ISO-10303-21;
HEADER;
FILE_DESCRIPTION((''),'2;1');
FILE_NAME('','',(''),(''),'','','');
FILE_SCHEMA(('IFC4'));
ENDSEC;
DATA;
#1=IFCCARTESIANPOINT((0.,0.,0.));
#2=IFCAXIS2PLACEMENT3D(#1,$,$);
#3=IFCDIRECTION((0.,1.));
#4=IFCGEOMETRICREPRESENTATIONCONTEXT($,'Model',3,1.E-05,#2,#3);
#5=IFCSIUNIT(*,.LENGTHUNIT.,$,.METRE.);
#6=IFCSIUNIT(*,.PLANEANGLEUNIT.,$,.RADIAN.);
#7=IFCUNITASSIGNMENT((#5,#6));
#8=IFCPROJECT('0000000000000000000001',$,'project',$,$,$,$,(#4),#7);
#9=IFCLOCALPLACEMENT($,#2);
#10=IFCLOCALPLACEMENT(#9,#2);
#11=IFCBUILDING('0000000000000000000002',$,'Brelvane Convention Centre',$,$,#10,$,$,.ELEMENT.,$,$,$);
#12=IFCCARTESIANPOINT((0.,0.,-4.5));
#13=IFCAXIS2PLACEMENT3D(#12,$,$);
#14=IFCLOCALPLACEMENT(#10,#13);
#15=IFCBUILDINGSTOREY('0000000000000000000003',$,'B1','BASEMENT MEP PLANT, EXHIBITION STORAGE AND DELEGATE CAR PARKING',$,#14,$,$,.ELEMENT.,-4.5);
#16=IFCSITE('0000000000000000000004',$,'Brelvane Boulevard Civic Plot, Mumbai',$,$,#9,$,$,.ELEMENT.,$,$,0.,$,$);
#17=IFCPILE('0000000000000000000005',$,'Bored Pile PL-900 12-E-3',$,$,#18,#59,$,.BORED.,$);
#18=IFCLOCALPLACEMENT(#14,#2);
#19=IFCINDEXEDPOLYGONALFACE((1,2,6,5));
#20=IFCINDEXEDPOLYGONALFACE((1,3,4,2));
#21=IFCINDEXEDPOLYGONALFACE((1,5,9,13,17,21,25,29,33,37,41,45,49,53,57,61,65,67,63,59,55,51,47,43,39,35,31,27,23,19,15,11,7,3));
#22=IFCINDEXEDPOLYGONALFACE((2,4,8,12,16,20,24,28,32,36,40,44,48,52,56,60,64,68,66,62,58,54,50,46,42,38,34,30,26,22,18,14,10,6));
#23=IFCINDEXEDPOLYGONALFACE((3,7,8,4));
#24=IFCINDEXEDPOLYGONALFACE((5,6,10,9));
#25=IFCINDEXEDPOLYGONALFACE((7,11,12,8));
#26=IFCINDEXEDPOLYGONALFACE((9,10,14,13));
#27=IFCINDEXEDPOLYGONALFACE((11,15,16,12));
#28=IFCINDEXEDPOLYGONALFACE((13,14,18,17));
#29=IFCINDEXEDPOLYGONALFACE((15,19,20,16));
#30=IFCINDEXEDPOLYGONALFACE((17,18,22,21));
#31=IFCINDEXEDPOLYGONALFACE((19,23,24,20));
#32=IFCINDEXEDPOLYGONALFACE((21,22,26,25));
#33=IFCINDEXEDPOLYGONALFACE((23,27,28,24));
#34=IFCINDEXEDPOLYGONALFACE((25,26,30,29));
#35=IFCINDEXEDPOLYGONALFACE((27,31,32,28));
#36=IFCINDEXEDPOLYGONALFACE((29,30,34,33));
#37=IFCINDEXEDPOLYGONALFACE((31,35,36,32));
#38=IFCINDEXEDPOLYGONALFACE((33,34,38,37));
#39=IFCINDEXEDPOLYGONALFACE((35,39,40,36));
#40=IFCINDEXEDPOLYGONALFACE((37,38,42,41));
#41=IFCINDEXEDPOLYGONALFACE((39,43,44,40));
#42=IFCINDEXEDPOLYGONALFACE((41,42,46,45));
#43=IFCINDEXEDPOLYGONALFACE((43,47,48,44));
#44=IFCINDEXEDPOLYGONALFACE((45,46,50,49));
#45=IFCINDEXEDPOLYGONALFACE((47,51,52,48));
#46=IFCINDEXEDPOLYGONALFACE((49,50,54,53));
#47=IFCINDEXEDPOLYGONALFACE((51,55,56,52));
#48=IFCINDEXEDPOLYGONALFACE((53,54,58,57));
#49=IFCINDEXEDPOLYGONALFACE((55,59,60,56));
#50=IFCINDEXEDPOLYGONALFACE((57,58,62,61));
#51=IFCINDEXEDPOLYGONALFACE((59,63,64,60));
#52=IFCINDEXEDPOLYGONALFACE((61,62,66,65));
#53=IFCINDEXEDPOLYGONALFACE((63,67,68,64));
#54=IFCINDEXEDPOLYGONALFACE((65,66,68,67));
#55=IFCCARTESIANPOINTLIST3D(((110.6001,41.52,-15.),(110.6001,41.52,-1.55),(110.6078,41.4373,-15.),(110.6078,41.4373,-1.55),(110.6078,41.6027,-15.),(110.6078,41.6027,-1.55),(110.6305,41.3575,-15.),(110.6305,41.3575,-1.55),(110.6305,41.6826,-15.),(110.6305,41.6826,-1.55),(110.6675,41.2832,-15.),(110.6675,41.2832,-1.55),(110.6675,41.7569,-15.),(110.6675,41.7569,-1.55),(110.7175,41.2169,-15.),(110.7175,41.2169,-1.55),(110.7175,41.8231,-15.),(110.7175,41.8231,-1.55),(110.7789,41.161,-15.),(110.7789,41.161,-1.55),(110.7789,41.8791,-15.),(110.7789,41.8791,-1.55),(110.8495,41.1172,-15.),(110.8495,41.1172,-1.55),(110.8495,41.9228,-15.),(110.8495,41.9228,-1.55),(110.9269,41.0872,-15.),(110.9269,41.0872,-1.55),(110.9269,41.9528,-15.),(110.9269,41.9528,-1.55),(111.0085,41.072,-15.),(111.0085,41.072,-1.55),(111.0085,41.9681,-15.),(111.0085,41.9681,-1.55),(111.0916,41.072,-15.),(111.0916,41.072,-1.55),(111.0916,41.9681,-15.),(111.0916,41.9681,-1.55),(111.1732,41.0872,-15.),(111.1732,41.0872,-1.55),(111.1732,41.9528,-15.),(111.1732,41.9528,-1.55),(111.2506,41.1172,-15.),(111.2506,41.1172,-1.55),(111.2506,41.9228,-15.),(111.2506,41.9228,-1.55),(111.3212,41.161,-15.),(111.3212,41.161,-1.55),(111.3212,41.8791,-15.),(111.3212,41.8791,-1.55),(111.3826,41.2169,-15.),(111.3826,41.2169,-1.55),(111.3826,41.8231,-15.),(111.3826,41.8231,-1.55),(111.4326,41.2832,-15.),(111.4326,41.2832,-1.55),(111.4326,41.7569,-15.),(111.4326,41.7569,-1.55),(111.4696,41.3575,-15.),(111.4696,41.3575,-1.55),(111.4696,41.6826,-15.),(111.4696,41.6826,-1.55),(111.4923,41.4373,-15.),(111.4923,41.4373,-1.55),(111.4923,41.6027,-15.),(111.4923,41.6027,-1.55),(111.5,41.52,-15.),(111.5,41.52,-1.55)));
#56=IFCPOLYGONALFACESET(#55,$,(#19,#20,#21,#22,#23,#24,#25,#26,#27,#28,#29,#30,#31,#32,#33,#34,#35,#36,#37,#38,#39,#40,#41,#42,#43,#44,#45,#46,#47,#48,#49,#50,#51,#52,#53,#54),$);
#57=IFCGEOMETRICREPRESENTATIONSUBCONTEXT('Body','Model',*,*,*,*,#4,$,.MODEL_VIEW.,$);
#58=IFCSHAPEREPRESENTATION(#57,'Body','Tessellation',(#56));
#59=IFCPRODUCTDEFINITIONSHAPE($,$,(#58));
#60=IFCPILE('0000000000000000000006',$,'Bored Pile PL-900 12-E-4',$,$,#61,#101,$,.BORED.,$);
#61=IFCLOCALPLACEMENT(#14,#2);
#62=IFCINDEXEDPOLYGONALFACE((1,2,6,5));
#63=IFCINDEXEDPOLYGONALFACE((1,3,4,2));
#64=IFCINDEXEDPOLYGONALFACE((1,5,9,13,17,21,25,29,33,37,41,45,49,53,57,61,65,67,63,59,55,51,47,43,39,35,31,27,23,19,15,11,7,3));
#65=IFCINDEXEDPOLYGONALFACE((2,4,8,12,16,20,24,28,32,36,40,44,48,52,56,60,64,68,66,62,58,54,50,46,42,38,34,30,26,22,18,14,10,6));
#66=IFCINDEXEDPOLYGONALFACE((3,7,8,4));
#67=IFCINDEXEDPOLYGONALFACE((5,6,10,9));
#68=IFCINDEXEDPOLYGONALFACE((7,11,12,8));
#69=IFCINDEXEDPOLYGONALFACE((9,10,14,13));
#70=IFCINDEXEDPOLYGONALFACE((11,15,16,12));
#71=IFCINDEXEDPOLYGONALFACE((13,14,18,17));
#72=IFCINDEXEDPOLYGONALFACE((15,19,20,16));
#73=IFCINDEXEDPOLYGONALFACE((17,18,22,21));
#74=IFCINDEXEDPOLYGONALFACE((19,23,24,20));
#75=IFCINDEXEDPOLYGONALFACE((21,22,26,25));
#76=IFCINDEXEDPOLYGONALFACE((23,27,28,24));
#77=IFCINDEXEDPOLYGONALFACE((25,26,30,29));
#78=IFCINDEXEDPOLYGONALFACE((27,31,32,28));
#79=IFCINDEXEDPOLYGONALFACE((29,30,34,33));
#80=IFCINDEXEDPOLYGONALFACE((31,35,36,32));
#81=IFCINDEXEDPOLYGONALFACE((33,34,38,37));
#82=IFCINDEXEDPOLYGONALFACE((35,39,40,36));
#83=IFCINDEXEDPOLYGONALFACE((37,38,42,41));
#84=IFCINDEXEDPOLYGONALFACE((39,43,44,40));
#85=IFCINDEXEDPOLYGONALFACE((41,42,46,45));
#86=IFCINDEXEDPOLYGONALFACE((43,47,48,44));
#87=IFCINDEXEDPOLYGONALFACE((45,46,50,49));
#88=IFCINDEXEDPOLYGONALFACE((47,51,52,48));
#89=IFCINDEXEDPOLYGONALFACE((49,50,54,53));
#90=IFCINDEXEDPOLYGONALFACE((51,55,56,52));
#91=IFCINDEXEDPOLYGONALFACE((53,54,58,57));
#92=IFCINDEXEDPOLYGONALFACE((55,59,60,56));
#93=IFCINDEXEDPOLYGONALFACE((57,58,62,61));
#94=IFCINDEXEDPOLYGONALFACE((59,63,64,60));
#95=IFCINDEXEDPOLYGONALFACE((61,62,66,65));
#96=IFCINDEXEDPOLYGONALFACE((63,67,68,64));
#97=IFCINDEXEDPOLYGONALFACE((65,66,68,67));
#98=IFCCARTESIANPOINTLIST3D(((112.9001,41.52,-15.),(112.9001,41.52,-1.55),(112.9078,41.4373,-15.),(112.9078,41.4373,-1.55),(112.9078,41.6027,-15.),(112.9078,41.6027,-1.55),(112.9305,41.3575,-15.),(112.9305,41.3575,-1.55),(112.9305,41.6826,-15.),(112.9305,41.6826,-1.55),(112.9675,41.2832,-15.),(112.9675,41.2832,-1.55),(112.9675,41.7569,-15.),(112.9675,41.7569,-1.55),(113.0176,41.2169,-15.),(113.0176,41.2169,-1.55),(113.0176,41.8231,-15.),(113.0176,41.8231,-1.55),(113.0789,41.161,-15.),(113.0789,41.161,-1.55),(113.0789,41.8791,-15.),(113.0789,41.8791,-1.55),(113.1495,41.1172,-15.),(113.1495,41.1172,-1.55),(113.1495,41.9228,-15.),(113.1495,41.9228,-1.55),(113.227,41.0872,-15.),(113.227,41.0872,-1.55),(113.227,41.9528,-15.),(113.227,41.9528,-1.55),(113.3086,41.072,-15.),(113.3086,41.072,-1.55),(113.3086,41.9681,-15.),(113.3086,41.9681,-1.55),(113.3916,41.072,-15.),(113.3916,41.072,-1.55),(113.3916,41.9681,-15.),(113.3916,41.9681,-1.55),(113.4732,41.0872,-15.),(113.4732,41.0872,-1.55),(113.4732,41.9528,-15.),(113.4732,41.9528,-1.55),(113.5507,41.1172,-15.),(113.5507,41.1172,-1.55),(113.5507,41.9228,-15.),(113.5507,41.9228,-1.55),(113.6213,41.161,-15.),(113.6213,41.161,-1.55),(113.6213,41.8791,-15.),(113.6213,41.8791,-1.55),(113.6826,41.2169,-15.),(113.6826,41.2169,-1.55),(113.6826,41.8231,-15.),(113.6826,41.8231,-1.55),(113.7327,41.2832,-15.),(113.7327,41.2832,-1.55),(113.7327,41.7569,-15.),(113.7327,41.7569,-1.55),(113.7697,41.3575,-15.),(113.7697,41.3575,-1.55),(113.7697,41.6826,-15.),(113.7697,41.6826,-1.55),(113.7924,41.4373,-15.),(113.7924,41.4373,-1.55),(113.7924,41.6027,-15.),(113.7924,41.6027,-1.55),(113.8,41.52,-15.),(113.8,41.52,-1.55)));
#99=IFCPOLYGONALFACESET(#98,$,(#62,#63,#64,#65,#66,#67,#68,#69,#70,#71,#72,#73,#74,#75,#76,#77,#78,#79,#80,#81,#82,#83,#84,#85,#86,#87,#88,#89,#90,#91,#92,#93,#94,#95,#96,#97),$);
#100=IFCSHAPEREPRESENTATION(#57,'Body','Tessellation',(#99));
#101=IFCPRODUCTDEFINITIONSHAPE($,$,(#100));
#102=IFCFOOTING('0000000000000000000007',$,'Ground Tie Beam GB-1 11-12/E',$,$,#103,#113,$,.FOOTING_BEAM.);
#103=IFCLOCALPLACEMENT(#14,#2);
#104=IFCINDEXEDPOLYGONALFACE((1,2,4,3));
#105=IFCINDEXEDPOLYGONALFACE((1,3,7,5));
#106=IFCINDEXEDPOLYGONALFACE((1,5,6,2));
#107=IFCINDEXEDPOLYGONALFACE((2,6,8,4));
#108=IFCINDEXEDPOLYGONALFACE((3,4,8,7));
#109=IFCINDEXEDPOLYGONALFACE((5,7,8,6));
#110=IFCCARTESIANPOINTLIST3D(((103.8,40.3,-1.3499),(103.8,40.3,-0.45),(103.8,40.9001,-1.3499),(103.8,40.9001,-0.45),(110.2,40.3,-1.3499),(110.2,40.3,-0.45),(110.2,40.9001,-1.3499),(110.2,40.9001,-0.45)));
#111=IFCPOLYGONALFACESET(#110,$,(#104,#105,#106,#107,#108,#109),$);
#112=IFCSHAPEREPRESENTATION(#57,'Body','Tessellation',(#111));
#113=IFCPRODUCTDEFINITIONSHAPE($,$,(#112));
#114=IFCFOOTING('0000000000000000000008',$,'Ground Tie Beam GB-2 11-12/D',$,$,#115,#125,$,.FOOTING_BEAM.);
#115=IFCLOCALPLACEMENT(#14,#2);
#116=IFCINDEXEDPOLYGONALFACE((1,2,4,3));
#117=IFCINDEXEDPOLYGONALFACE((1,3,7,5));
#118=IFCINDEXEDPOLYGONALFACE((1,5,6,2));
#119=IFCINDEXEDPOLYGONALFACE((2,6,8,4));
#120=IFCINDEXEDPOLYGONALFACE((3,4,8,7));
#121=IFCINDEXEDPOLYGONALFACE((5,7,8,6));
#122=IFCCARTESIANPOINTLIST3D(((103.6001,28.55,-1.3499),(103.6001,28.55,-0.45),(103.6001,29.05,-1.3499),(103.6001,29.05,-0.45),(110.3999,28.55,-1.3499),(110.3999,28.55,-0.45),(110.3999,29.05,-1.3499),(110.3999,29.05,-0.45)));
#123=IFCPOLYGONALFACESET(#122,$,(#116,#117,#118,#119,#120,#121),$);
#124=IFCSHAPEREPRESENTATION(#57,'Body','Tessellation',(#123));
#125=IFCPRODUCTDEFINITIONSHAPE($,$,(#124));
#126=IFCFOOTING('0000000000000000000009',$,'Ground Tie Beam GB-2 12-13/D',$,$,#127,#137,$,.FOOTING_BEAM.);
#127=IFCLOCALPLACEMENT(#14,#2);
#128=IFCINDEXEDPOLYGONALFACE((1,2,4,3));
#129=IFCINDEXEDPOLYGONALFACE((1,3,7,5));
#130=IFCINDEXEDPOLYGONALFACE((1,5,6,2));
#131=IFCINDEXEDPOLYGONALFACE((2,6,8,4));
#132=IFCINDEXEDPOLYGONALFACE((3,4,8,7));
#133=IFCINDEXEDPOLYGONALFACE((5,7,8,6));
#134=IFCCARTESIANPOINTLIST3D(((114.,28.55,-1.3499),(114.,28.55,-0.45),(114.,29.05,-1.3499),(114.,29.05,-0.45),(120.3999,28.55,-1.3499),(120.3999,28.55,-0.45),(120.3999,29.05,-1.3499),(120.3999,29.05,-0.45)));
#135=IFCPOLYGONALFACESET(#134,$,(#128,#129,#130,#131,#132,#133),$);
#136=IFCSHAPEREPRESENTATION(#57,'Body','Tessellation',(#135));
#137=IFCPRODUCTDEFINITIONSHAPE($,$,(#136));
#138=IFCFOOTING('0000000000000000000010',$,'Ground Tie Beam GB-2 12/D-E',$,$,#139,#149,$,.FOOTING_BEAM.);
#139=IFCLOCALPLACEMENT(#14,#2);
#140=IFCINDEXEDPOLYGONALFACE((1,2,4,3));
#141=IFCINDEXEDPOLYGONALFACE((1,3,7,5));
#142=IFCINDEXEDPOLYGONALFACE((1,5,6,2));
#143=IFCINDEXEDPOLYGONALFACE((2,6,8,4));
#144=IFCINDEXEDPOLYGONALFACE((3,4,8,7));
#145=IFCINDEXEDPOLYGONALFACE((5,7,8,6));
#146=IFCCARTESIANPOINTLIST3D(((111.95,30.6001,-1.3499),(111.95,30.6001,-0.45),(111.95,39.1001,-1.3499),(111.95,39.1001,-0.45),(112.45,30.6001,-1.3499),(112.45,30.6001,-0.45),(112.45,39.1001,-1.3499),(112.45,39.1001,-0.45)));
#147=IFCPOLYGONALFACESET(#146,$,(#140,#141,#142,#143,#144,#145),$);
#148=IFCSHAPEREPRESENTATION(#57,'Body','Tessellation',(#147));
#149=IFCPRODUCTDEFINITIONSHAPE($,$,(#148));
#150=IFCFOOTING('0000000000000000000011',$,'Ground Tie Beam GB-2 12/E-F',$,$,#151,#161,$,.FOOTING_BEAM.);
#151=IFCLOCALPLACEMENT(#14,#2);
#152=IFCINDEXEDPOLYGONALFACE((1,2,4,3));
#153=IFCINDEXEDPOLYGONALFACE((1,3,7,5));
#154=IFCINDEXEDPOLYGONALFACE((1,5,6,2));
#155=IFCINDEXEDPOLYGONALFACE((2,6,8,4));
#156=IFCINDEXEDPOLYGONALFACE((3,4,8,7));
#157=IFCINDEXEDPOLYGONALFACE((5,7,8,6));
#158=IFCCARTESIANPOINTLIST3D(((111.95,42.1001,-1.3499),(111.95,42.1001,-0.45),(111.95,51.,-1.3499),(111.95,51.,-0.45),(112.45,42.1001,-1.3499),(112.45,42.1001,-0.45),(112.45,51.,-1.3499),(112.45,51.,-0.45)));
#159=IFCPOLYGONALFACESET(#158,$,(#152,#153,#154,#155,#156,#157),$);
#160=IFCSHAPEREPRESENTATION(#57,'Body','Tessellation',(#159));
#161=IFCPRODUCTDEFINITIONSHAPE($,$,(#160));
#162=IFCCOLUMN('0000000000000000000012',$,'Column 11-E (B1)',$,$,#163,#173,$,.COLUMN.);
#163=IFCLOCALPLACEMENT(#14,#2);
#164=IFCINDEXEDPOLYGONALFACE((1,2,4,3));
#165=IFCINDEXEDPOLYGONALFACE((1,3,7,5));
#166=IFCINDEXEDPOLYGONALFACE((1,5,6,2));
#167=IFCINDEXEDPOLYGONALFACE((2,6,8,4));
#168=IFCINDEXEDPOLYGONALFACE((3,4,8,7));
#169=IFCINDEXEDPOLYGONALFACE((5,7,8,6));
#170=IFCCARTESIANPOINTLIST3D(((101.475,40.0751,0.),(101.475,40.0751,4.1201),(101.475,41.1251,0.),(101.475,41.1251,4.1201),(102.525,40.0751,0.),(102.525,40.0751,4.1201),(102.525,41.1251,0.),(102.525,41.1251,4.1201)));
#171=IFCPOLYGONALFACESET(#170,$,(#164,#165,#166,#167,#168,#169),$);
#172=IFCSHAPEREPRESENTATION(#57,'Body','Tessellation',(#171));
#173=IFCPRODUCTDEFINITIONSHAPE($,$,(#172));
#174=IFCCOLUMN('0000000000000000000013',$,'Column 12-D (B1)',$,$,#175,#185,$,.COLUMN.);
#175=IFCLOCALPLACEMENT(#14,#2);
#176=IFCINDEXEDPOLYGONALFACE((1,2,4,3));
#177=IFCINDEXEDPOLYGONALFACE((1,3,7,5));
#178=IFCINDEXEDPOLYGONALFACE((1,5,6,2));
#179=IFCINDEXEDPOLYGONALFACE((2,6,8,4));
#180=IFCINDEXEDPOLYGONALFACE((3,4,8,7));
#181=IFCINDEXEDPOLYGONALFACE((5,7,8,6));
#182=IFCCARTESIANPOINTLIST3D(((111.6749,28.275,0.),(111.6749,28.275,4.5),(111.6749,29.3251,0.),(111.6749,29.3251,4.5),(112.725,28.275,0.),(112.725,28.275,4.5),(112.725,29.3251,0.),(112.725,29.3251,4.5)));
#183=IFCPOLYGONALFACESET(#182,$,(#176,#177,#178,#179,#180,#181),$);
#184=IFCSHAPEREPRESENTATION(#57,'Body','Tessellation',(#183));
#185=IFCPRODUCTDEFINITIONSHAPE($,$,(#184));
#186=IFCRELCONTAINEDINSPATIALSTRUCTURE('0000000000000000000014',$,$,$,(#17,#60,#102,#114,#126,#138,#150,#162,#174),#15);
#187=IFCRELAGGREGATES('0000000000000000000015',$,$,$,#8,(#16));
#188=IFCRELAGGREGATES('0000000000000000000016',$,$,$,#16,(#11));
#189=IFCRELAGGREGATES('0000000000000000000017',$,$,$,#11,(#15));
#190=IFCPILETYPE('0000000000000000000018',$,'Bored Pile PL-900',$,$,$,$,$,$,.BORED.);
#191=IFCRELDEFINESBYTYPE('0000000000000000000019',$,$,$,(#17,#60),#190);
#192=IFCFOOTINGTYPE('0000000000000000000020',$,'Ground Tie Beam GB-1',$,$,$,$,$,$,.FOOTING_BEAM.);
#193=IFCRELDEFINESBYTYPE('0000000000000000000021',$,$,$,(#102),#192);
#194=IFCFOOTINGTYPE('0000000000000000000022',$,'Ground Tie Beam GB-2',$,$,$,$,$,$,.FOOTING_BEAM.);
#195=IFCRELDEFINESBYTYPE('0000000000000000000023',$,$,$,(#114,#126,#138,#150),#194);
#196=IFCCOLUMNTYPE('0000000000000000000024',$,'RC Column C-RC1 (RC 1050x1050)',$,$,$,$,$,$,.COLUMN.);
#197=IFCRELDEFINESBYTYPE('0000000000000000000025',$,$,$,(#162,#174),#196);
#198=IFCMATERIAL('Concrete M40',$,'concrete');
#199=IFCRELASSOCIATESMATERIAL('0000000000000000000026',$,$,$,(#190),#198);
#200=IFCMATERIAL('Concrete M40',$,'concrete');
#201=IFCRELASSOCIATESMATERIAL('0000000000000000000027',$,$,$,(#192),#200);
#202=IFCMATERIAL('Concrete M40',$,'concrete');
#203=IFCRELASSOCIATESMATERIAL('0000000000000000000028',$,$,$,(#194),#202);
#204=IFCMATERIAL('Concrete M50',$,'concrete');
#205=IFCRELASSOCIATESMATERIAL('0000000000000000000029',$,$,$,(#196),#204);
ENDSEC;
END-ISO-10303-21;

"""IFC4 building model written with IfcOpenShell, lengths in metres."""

from ifc_helpers import new_model, si_unit, direction, frame, origin, origin_2d, place, context, subcontext, project, spatial, rectangle, circle, extrude, material, material_profile, profile_set, type_object, element, save


model = new_model("IFC4")

# Units and contexts
model_context = context("Model", 3, precision=1e-05, world=origin(), true_north=direction((0.0, 1.0)))
body_context = subcontext(model_context, "Body", "Model", "MODEL_VIEW")
ifc_project = project(units=[si_unit("LENGTHUNIT", "METRE"), si_unit("PLANEANGLEUNIT", "RADIAN")], contexts=[model_context])

# Site, building, storey
site_placement = place(None, origin())
site = spatial("IfcSite", under=ifc_project, at=site_placement, Name="Brelvane Boulevard Civic Plot, Mumbai", CompositionType="ELEMENT", RefElevation=0.0)
building_placement = place(site_placement, origin())
building = spatial("IfcBuilding", under=site, at=building_placement, Name="Brelvane Convention Centre", CompositionType="ELEMENT")
storey_placement = place(building_placement, frame((0.0, 0.0, -4.5)))
storey = spatial("IfcBuildingStorey", under=building, at=storey_placement, Name="B1", Description="BASEMENT MEP PLANT, EXHIBITION STORAGE AND DELEGATE CAR PARKING", CompositionType="ELEMENT", Elevation=-4.5)

# Piles
ifc_material_1 = material(Name="Concrete M40", Category="concrete")
ifc_material_profile_1 = material_profile(ifc_material_1, circle(Radius=0.45, at=origin_2d()), Name="PILE D900")
ifc_profile_set_1 = profile_set([ifc_material_profile_1], Name="Concrete M40")
pile_type = type_object("IfcPileType", Name="Bored Pile PL-900", PredefinedType="BORED", material=ifc_profile_set_1)
for number, where, z_axis, x_axis, name in (
    (1, (111.05, 41.52, -1.55), (0.0, 0.0, -1.0), (1.0, 0.0, 0.0), "Bored Pile PL-900 12-E-3"),
    (2, (113.3501, 41.52, -1.55), (0.0, 0.0, -1.0), (1.0, 0.0, 0.0), "Bored Pile PL-900 12-E-4"),
):
    element("IfcPile", number, at=place(storey_placement, frame(where, z_axis=z_axis, x_axis=x_axis)), inside=storey, type_object=pile_type, Name=name, PredefinedType="BORED", context=body_context, shape_type="SweptSolid", body=[
        extrude(circle(Radius=0.45, at=origin_2d()), origin(), (0.0, 0.0, 1.0), 13.45),
    ])

# Footings
ifc_material_2 = material(Name="Concrete M40", Category="concrete")
ifc_material_profile_2 = material_profile(ifc_material_2, rectangle(XDim=0.6001, YDim=0.8999, at=origin_2d()), Name="RC 600x900")
ifc_profile_set_2 = profile_set([ifc_material_profile_2], Name="Concrete M40")
footing_type_1 = type_object("IfcFootingType", Name="Ground Tie Beam GB-1", PredefinedType="FOOTING_BEAM", material=ifc_profile_set_2)
footing_1_placement = place(storey_placement, frame((103.8, 40.6001, -0.8999), z_axis=(1.0, 0.0, 0.0), x_axis=(0.0, 1.0, 0.0)))
element("IfcFooting", 3, at=footing_1_placement, inside=storey, type_object=footing_type_1, Name="Ground Tie Beam GB-1 11-12/E", PredefinedType="FOOTING_BEAM", context=body_context, shape_type="SweptSolid", body=[
    extrude(rectangle(XDim=0.6001, YDim=0.8999, at=origin_2d()), origin(), (0.0, 0.0, 1.0), 6.3999),
])
ifc_material_3 = material(Name="Concrete M40", Category="concrete")
ifc_material_profile_3 = material_profile(ifc_material_3, rectangle(XDim=0.5, YDim=0.8999, at=origin_2d()), Name="RC 500x900")
ifc_profile_set_3 = profile_set([ifc_material_profile_3], Name="Concrete M40")
footing_type_2 = type_object("IfcFootingType", Name="Ground Tie Beam GB-2", PredefinedType="FOOTING_BEAM", material=ifc_profile_set_3)
footing_2_placement = place(storey_placement, frame((103.6001, 28.8, -0.8999), z_axis=(1.0, 0.0, 0.0), x_axis=(0.0, 1.0, 0.0)))
element("IfcFooting", 4, at=footing_2_placement, inside=storey, type_object=footing_type_2, Name="Ground Tie Beam GB-2 11-12/D", PredefinedType="FOOTING_BEAM", context=body_context, shape_type="SweptSolid", body=[
    extrude(rectangle(XDim=0.5, YDim=0.8999, at=origin_2d()), origin(), (0.0, 0.0, 1.0), 6.7998),
])
footing_3_placement = place(storey_placement, frame((114.0, 28.8, -0.8999), z_axis=(1.0, 0.0, 0.0), x_axis=(0.0, 1.0, 0.0)))
element("IfcFooting", 5, at=footing_3_placement, inside=storey, type_object=footing_type_2, Name="Ground Tie Beam GB-2 12-13/D", PredefinedType="FOOTING_BEAM", context=body_context, shape_type="SweptSolid", body=[
    extrude(rectangle(XDim=0.5, YDim=0.8999, at=origin_2d()), origin(), (0.0, 0.0, 1.0), 6.3999),
])
footing_4_placement = place(storey_placement, frame((112.2, 30.6001, -0.8999), z_axis=(0.0, 1.0, 0.0), x_axis=(-1.0, 0.0, 0.0)))
element("IfcFooting", 6, at=footing_4_placement, inside=storey, type_object=footing_type_2, Name="Ground Tie Beam GB-2 12/D-E", PredefinedType="FOOTING_BEAM", context=body_context, shape_type="SweptSolid", body=[
    extrude(rectangle(XDim=0.5, YDim=0.8999, at=origin_2d()), origin(), (0.0, 0.0, 1.0), 8.5),
])
footing_5_placement = place(storey_placement, frame((112.2, 42.1001, -0.8999), z_axis=(0.0, 1.0, 0.0), x_axis=(-1.0, 0.0, 0.0)))
element("IfcFooting", 7, at=footing_5_placement, inside=storey, type_object=footing_type_2, Name="Ground Tie Beam GB-2 12/E-F", PredefinedType="FOOTING_BEAM", context=body_context, shape_type="SweptSolid", body=[
    extrude(rectangle(XDim=0.5, YDim=0.8999, at=origin_2d()), origin(), (0.0, 0.0, 1.0), 8.8999),
])

# Columns
ifc_material_4 = material(Name="Concrete M50", Category="concrete")
ifc_material_profile_4 = material_profile(ifc_material_4, rectangle(XDim=1.05, YDim=1.05, at=origin_2d()), Name="RC 1050x1050")
ifc_profile_set_4 = profile_set([ifc_material_profile_4], Name="Concrete M50")
column_type_1 = type_object("IfcColumnType", Name="RC Column C-RC1 (RC 1050x1050)", PredefinedType="COLUMN", material=ifc_profile_set_4)
column_1_placement = place(storey_placement, frame((102.0, 40.6001, 0.0), z_axis=(0.0, 0.0, 1.0), x_axis=(1.0, 0.0, 0.0)))
element("IfcColumn", 8, at=column_1_placement, inside=storey, type_object=column_type_1, Name="Column 11-E (B1)", PredefinedType="COLUMN", context=body_context, shape_type="SweptSolid", body=[
    extrude(rectangle(XDim=1.05, YDim=1.05, at=origin_2d()), origin(), (0.0, 0.0, 1.0), 4.1201),
])
column_2_placement = place(storey_placement, frame((112.2, 28.8, 0.0), z_axis=(0.0, 0.0, 1.0), x_axis=(1.0, 0.0, 0.0)))
element("IfcColumn", 9, at=column_2_placement, inside=storey, type_object=column_type_1, Name="Column 12-D (B1)", PredefinedType="COLUMN", context=body_context, shape_type="SweptSolid", body=[
    extrude(rectangle(XDim=1.05, YDim=1.05, at=origin_2d()), origin(), (0.0, 0.0, 1.0), 4.5),
])

save(model, "model.ifc")
